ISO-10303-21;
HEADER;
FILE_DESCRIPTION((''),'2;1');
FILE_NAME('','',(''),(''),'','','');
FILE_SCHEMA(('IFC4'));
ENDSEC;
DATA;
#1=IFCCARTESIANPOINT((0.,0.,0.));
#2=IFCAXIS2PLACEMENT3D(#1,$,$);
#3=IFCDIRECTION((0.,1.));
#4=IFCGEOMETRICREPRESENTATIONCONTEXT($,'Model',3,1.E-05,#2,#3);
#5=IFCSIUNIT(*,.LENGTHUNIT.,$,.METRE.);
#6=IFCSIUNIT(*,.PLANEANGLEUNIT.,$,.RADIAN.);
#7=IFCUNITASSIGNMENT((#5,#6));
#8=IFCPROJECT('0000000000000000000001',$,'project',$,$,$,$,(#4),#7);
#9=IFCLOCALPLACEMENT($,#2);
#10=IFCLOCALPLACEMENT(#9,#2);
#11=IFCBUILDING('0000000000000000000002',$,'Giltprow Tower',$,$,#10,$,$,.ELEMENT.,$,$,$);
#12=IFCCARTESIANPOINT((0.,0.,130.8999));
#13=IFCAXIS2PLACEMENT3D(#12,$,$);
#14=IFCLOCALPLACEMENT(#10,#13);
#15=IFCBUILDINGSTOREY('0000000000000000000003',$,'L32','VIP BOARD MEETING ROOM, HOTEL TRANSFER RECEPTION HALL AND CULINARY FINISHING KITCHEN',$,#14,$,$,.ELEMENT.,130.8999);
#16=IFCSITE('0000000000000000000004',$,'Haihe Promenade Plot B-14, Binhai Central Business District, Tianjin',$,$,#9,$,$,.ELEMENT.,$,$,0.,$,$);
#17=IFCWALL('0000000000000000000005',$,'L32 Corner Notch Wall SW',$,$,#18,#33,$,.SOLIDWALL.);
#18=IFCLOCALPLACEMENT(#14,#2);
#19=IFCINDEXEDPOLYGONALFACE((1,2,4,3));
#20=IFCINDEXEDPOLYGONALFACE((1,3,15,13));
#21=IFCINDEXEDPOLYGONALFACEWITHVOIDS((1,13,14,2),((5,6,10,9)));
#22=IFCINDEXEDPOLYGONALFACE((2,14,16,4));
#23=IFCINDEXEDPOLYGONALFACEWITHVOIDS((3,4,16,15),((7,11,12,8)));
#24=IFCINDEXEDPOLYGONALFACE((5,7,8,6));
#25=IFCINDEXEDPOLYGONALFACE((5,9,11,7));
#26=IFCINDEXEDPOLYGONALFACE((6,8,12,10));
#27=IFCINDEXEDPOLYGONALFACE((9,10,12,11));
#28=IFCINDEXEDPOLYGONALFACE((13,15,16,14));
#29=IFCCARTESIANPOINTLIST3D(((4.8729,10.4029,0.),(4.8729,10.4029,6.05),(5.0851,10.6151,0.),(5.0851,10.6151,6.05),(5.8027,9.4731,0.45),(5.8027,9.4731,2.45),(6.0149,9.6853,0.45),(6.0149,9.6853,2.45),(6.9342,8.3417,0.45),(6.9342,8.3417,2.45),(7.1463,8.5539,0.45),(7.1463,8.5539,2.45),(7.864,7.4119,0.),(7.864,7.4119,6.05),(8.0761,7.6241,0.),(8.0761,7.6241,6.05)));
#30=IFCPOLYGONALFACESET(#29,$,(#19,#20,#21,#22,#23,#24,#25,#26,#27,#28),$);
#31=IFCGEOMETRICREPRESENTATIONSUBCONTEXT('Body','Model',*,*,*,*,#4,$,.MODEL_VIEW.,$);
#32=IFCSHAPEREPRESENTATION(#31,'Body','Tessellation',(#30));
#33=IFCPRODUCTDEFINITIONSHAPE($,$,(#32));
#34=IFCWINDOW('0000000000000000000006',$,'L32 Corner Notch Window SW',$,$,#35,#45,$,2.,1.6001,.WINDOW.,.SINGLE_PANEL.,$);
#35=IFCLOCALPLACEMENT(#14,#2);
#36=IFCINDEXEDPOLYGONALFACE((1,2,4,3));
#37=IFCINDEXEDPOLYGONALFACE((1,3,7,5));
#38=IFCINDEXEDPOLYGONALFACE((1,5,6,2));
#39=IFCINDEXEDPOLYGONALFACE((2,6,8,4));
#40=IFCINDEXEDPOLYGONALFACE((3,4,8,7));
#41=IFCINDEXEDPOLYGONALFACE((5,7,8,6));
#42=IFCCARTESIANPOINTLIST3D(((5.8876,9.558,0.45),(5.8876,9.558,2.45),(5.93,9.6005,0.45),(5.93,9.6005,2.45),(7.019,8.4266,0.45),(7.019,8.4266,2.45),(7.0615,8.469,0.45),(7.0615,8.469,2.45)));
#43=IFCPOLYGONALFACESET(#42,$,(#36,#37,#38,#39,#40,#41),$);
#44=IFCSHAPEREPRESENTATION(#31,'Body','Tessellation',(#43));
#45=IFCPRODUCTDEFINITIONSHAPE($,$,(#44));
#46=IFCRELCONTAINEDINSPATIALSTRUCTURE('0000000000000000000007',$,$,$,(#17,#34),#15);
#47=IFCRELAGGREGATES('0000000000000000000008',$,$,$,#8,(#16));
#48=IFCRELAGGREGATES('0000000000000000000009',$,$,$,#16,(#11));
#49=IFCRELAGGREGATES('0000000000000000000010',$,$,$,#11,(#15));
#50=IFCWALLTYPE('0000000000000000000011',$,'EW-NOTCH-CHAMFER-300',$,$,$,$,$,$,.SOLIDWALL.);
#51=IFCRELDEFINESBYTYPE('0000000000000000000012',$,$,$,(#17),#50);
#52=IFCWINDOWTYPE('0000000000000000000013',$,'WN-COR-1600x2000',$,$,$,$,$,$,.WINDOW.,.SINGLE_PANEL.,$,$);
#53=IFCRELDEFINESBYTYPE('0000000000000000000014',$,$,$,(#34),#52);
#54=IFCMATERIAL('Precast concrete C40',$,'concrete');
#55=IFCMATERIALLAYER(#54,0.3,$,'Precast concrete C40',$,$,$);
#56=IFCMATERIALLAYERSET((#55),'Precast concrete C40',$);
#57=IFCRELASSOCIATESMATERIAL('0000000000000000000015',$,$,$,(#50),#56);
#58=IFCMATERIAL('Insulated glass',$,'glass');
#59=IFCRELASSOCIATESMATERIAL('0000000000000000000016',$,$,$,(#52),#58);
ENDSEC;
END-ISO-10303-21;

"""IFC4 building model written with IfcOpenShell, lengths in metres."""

from ifc_helpers import new_model, si_unit, direction, frame, frame_2d, origin, place, context, subcontext, project, spatial, rectangle, extrude, source, transform, mapped, material, layer, layer_set, type_object, element, fill, save


model = new_model("IFC4")

# Units and contexts
model_context = context("Model", 3, precision=1e-05, world=origin(), true_north=direction((0.0, 1.0)))
body_context = subcontext(model_context, "Body", "Model", "MODEL_VIEW")
ifc_project = project(units=[si_unit("LENGTHUNIT", "METRE"), si_unit("PLANEANGLEUNIT", "RADIAN")], contexts=[model_context])

# Site, building, storey
site_placement = place(None, origin())
site = spatial("IfcSite", under=ifc_project, at=site_placement, Name="Haihe Promenade Plot B-14, Binhai Central Business District, Tianjin", CompositionType="ELEMENT", RefElevation=0.0)
building_placement = place(site_placement, origin())
building = spatial("IfcBuilding", under=site, at=building_placement, Name="Giltprow Tower", CompositionType="ELEMENT")
storey_placement = place(building_placement, frame((0.0, 0.0, 130.8999)))
storey = spatial("IfcBuildingStorey", under=building, at=storey_placement, Name="L32", Description="VIP BOARD MEETING ROOM, HOTEL TRANSFER RECEPTION HALL AND CULINARY FINISHING KITCHEN", CompositionType="ELEMENT", Elevation=130.8999)

# Shared definitions
ifc_material_1 = material(Name="Insulated glass", Category="glass")

# Wall, opening, window
ifc_material_2 = material(Name="Precast concrete C40", Category="concrete")
ifc_layer_1 = layer(ifc_material_2, 0.3, Name="Precast concrete C40")
ifc_layer_set_1 = layer_set([ifc_layer_1], Name="Precast concrete C40")
wall_type = type_object("IfcWallType", Name="EW-NOTCH-CHAMFER-300", PredefinedType="SOLIDWALL", material=ifc_layer_set_1)
wall_placement = place(storey_placement, frame((4.979, 10.509, 0.0), z_axis=(0.0, 0.0, 1.0), x_axis=(0.707107, -0.707107, 0.0)))
wall = element("IfcWall", 1, at=wall_placement, inside=storey, type_object=wall_type, Name="L32 Corner Notch Wall SW", PredefinedType="SOLIDWALL", context=body_context, shape_type="SweptSolid", body=[
    extrude(rectangle(XDim=4.23, YDim=0.3, at=frame_2d((2.115, 0.0))), origin(), (0.0, 0.0, 1.0), 6.05),
])
opening_placement = place(wall_placement, frame((1.3149, 0.0, 0.45)))
opening = element("IfcOpeningElement", 2, at=opening_placement, cuts=wall, PredefinedType="OPENING", context=body_context, shape_type="SweptSolid", body=[
    extrude(rectangle(XDim=1.6001, YDim=2.0, at=frame_2d((0.8, 1.0))), frame((0.0, 0.1599, 0.0), z_axis=(0.0, -1.0, 0.0), x_axis=(1.0, 0.0, 0.0)), (0.0, 0.0, 1.0), 0.3201),
])
window_type = type_object("IfcWindowType", Name="WN-COR-1600x2000", PartitioningType="SINGLE_PANEL", PredefinedType="WINDOW", material=ifc_material_1)
shared_shape_1 = source(origin(), body_context, "Body", "SweptSolid", [
    extrude(rectangle(XDim=1.6001, YDim=2.0, at=frame_2d((0.8, 1.0))), frame((0.0, 0.03, 0.0), z_axis=(0.0, -1.0, 0.0), x_axis=(1.0, 0.0, 0.0)), (0.0, 0.0, 1.0), 0.0601),
])
window_placement = place(opening_placement, origin())
window = element("IfcWindow", 3, at=window_placement, inside=storey, type_object=window_type, Name="L32 Corner Notch Window SW", OverallHeight=2.0, OverallWidth=1.6001, PartitioningType="SINGLE_PANEL", PredefinedType="WINDOW", context=body_context, shape_type="MappedRepresentation", body=[
    mapped(shared_shape_1, transform((0.0, 0.0, 0.0), x_axis=(1.0, 0.0, 0.0), y_axis=(0.0, 1.0, 0.0), z_axis=(0.0, 0.0, 1.0), scale=1.0)),
])
fill(opening, window)

save(model, "model.ifc")
